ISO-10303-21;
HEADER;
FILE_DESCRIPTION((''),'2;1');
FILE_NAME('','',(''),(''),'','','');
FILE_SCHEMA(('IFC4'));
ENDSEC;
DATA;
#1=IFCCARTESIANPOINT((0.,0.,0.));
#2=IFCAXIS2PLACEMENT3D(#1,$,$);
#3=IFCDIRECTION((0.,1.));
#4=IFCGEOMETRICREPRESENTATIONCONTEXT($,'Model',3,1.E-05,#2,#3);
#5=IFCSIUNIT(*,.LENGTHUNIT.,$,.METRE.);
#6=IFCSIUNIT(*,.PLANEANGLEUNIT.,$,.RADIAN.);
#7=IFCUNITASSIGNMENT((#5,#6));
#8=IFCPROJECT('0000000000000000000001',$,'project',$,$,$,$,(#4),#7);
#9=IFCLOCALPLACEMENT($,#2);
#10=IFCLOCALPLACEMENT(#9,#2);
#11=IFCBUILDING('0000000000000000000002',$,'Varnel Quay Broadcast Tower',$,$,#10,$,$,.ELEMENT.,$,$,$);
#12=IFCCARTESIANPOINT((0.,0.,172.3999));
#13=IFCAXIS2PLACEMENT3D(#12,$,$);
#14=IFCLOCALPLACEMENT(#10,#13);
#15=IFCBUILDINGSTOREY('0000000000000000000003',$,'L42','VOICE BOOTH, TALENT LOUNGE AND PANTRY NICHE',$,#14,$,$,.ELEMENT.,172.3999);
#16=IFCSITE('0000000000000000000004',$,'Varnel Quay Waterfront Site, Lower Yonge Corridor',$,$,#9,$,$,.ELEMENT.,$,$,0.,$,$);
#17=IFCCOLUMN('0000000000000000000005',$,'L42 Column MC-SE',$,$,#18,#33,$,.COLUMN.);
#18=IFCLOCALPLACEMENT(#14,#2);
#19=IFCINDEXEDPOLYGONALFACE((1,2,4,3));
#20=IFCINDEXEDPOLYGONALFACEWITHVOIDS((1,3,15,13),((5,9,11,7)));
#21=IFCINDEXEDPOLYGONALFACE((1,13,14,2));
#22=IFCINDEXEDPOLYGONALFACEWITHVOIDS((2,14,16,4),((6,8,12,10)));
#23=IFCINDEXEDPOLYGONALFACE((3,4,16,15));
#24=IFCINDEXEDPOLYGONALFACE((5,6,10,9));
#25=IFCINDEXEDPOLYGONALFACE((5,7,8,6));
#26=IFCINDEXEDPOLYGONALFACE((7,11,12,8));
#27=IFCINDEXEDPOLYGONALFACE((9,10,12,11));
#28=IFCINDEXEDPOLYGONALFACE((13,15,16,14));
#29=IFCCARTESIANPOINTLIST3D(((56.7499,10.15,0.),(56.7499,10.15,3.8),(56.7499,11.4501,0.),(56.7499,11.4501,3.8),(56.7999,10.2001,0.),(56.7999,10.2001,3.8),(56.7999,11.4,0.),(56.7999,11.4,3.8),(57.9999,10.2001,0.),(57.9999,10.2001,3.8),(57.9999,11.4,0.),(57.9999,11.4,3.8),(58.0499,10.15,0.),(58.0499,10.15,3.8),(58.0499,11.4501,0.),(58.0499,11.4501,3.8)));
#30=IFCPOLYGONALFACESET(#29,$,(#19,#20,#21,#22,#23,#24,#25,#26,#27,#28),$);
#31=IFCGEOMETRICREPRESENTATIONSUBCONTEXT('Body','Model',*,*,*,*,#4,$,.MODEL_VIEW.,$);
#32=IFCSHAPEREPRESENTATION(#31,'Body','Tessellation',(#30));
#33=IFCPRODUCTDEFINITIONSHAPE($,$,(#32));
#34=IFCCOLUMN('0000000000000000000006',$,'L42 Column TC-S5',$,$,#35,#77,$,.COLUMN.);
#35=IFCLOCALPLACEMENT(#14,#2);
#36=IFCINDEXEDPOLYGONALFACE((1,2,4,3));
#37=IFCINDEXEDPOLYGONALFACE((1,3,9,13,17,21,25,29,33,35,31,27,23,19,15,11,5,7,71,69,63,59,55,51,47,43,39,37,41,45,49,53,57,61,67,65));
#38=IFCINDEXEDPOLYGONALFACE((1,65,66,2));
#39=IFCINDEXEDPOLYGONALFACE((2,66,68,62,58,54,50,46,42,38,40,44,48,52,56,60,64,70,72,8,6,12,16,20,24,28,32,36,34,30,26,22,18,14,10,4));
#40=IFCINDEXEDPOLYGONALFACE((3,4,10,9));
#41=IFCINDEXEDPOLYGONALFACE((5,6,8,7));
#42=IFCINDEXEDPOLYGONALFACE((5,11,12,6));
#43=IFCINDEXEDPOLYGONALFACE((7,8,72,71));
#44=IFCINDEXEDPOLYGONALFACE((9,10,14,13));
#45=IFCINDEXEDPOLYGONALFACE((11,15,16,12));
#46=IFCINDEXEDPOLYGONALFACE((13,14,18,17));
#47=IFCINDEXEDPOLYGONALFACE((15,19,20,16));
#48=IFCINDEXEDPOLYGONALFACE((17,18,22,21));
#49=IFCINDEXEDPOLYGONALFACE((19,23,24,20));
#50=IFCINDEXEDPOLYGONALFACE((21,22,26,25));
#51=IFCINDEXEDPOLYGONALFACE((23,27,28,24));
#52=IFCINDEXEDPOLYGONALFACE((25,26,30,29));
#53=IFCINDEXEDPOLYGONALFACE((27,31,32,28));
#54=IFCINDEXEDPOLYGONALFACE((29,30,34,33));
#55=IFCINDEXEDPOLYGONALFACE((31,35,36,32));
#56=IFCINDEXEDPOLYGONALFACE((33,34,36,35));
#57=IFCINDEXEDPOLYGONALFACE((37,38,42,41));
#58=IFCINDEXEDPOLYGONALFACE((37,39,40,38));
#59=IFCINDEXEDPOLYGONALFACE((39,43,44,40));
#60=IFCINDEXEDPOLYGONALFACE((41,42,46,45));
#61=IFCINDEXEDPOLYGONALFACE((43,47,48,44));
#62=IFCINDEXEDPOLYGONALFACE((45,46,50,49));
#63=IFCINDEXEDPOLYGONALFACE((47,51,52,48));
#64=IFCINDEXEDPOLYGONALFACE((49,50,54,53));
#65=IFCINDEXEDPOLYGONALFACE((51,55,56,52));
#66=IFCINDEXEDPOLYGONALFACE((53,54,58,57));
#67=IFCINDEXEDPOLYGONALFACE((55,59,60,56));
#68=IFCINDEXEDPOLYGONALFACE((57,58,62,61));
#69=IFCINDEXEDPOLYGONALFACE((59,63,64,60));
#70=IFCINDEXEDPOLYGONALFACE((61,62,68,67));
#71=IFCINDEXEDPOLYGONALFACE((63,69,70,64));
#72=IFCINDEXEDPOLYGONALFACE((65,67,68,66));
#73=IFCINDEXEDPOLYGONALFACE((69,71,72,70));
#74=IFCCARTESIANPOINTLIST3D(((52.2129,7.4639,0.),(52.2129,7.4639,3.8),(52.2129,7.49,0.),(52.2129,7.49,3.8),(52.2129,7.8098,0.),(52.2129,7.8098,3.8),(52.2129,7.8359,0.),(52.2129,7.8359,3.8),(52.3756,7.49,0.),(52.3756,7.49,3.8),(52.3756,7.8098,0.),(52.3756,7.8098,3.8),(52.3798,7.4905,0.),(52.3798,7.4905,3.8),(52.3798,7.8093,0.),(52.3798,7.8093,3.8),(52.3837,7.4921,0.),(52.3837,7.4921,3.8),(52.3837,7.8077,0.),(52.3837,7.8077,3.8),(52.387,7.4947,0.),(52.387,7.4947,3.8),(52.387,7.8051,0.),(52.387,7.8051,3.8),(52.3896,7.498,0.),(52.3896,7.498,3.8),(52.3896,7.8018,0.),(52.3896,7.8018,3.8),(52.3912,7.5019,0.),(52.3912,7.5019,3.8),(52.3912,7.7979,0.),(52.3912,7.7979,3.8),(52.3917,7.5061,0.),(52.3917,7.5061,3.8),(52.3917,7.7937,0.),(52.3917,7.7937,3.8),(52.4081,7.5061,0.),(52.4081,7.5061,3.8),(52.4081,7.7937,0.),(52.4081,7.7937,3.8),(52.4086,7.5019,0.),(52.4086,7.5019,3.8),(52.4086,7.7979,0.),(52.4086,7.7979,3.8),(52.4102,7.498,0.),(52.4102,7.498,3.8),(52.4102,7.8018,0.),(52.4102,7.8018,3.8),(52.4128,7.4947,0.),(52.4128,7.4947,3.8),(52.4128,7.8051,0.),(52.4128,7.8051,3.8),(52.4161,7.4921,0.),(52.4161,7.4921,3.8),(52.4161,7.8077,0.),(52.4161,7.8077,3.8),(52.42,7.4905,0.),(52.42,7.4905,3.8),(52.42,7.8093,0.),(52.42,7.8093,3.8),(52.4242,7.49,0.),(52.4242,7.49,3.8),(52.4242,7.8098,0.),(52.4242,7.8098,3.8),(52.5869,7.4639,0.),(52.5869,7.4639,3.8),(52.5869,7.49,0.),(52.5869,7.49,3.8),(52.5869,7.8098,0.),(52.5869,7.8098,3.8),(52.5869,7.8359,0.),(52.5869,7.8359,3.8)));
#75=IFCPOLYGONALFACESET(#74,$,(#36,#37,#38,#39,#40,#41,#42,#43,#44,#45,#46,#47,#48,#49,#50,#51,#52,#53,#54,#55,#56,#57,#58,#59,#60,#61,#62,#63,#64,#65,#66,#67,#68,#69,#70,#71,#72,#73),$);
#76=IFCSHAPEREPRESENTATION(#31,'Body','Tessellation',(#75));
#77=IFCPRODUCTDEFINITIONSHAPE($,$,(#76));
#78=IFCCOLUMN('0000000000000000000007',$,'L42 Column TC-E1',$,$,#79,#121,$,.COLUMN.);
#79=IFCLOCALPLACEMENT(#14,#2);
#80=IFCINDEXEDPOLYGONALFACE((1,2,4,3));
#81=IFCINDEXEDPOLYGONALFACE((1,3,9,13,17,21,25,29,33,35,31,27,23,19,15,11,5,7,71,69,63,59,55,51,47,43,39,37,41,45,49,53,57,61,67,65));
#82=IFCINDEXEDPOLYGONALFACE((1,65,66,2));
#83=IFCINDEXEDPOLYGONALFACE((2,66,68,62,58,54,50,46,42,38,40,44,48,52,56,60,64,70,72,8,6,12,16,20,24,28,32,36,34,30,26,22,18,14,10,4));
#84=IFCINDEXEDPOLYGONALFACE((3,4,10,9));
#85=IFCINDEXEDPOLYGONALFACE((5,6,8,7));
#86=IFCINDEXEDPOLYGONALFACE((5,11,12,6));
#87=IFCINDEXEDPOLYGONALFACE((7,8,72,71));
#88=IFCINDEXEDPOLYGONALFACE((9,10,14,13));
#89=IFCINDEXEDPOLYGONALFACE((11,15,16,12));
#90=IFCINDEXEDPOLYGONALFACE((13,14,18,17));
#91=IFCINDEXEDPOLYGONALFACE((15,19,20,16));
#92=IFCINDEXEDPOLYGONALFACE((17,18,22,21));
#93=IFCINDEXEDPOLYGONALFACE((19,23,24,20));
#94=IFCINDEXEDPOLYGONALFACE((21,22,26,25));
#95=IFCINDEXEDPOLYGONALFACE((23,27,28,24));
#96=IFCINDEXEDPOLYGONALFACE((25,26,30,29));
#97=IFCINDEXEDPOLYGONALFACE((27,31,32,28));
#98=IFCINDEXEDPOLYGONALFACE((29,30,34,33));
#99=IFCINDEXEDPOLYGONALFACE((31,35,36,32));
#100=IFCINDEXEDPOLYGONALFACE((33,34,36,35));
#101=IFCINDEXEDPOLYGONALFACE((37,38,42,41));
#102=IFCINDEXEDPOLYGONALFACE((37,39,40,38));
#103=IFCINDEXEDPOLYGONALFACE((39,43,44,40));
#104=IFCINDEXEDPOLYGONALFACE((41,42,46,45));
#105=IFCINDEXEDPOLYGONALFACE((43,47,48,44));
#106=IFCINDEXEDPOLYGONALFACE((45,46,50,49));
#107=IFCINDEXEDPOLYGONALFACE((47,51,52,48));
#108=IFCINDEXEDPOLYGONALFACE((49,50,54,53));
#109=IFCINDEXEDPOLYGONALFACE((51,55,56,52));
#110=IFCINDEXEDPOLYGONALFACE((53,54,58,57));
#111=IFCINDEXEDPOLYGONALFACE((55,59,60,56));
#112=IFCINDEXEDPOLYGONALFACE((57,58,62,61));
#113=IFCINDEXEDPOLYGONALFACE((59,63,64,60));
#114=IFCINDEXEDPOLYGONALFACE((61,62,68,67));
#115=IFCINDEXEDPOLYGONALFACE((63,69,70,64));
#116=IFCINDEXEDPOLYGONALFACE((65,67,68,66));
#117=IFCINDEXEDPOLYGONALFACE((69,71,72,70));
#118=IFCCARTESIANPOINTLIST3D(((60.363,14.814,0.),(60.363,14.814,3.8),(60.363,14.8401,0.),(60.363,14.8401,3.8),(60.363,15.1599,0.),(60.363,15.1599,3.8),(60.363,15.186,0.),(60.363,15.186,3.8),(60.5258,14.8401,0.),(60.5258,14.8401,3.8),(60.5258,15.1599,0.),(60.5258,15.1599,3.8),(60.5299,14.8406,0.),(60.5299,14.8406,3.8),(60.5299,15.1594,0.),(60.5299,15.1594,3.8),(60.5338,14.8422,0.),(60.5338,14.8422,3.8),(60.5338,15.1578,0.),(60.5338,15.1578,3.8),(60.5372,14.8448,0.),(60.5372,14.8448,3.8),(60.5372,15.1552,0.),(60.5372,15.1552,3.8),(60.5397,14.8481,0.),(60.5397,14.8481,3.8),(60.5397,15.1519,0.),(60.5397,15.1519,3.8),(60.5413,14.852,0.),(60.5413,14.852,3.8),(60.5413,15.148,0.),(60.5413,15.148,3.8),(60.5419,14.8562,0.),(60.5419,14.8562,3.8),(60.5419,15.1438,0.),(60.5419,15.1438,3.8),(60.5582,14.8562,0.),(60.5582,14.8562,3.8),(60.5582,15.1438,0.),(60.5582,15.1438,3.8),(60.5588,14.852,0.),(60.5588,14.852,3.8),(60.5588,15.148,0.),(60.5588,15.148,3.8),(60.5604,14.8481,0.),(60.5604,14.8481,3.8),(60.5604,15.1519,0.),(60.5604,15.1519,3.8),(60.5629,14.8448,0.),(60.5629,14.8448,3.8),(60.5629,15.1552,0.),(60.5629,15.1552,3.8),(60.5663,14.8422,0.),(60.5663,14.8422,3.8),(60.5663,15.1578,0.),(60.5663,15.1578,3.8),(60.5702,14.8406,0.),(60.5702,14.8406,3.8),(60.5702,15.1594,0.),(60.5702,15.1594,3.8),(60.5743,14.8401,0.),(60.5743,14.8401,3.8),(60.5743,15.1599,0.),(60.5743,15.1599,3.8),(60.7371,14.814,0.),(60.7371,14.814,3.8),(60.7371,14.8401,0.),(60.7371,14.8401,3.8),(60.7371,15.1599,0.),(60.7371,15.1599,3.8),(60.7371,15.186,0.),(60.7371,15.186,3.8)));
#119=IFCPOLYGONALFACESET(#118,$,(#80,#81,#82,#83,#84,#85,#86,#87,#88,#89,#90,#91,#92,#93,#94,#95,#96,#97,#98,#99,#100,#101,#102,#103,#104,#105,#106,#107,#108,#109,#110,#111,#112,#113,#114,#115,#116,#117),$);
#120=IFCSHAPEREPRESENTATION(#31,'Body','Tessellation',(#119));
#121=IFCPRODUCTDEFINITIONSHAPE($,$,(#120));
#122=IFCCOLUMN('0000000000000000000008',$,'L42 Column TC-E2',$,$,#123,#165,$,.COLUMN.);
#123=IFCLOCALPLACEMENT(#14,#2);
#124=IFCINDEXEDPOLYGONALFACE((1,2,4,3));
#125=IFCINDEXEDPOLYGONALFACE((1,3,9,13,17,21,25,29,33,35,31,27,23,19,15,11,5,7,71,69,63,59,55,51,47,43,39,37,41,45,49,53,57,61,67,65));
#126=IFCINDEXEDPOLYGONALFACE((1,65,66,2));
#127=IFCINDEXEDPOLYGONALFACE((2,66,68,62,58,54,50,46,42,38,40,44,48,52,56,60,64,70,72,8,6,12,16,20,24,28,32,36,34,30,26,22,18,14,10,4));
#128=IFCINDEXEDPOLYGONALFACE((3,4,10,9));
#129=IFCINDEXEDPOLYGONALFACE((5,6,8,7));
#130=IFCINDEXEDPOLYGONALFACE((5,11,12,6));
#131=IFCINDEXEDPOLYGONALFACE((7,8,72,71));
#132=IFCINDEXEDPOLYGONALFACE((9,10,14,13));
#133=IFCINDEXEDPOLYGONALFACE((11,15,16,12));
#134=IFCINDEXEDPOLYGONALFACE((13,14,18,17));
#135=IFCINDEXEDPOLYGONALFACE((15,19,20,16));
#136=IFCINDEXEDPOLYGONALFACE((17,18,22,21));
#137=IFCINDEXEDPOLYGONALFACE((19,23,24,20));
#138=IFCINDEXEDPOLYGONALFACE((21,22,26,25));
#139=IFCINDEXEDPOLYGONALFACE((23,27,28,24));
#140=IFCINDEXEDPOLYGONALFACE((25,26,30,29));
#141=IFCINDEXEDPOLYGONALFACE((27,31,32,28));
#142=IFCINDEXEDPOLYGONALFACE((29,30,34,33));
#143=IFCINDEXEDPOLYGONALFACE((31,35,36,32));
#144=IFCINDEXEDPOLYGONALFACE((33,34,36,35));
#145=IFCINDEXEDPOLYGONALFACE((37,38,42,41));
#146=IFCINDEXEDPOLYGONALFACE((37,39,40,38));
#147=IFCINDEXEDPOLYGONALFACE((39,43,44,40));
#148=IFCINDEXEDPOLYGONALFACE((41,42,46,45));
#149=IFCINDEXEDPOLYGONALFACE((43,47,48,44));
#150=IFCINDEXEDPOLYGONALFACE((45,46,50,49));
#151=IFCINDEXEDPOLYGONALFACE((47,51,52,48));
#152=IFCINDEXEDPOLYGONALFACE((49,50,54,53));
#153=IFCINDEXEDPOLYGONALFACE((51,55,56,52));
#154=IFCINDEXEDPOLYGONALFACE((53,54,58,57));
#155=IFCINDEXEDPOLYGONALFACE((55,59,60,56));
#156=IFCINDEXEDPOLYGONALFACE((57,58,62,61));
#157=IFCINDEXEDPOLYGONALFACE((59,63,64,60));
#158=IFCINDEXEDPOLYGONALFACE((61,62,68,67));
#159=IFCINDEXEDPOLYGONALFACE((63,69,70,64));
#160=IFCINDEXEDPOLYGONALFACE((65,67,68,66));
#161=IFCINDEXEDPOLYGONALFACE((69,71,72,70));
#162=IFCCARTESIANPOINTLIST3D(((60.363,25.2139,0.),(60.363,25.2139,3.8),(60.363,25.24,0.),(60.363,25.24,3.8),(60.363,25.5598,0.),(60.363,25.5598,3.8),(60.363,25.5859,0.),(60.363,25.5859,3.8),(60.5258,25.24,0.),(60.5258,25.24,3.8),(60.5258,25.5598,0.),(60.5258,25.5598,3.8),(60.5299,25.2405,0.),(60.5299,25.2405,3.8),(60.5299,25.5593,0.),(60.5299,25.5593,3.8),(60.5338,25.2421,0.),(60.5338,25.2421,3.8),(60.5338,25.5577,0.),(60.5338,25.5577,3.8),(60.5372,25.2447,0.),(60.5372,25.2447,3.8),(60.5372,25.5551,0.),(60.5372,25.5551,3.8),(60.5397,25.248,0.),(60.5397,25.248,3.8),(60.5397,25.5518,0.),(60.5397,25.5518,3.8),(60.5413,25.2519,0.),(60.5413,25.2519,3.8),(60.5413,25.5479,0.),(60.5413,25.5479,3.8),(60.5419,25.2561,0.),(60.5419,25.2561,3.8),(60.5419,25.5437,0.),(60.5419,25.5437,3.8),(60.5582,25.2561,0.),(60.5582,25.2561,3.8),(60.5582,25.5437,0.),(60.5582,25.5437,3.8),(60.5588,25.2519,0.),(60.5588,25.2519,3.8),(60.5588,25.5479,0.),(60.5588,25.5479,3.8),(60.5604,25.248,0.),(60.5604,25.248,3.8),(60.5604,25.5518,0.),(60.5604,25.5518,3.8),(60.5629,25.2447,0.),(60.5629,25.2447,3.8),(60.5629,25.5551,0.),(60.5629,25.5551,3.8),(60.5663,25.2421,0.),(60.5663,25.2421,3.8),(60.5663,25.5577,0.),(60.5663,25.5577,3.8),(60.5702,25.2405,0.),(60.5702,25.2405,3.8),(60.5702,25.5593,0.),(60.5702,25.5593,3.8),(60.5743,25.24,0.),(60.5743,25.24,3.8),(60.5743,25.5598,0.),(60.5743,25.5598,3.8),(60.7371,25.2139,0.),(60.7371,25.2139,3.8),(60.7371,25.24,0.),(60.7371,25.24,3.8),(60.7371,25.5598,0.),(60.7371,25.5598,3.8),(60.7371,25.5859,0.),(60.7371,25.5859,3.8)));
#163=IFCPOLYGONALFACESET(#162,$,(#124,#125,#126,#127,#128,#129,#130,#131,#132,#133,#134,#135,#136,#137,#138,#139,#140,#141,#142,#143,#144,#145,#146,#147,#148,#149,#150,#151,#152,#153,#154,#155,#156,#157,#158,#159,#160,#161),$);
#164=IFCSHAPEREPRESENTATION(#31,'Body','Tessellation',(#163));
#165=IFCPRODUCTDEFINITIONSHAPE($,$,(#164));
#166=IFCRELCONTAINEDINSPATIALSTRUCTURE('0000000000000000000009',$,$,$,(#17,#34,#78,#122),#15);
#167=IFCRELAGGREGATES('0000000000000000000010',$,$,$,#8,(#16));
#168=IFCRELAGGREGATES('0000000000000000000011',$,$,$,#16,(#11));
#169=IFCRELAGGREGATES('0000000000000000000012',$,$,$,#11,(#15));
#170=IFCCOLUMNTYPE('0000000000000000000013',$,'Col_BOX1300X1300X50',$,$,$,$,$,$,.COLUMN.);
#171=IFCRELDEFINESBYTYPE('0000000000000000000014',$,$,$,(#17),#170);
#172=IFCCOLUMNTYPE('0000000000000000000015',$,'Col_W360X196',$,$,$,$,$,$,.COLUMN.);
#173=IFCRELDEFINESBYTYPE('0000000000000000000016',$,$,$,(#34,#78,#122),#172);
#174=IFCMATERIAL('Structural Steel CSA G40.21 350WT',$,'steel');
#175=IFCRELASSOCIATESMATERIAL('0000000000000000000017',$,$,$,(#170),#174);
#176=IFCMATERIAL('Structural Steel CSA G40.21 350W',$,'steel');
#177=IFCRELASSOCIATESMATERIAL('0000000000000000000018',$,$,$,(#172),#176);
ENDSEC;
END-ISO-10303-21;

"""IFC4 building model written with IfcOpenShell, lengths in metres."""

from ifc_helpers import new_model, si_unit, direction, frame, origin, origin_2d, place, context, subcontext, project, spatial, hollow_rectangle, i_section, extrude, source, transform, mapped, material, material_profile, profile_set, type_object, type_shapes, element, save


model = new_model("IFC4")

# Units and contexts
model_context = context("Model", 3, precision=1e-05, world=origin(), true_north=direction((0.0, 1.0)))
body_context = subcontext(model_context, "Body", "Model", "MODEL_VIEW")
ifc_project = project(units=[si_unit("LENGTHUNIT", "METRE"), si_unit("PLANEANGLEUNIT", "RADIAN")], contexts=[model_context])

# Site, building, storey
site_placement = place(None, origin())
site = spatial("IfcSite", under=ifc_project, at=site_placement, Name="Varnel Quay Waterfront Site, Lower Yonge Corridor", CompositionType="ELEMENT", RefElevation=0.0)
building_placement = place(site_placement, origin())
building = spatial("IfcBuilding", under=site, at=building_placement, Name="Varnel Quay Broadcast Tower", CompositionType="ELEMENT")
storey_placement = place(building_placement, frame((0.0, 0.0, 172.3999)))
storey = spatial("IfcBuildingStorey", under=building, at=storey_placement, Name="L42", Description="VOICE BOOTH, TALENT LOUNGE AND PANTRY NICHE", CompositionType="ELEMENT", Elevation=172.3999)

# Columns
ifc_material_1 = material(Name="Structural Steel CSA G40.21 350WT", Category="steel")
ifc_material_profile_1 = material_profile(ifc_material_1, hollow_rectangle(XDim=1.3, YDim=1.3, WallThickness=0.05, at=origin_2d()), Name="BOX1300X1300X50")
ifc_profile_set_1 = profile_set([ifc_material_profile_1], Name="Structural Steel CSA G40.21 350WT")
column_type_1 = type_object("IfcColumnType", Name="Col_BOX1300X1300X50", PredefinedType="COLUMN", material=ifc_profile_set_1)
shared_shape_1 = source(origin(), body_context, "Body", "SweptSolid", [
    extrude(hollow_rectangle(XDim=1.3, YDim=1.3, WallThickness=0.05, at=origin_2d()), origin(), (0.0, 0.0, 1.0), 3.8),
])
type_shapes(column_type_1, [shared_shape_1])
column_placement = place(storey_placement, frame((57.3999, 10.8, 0.0), z_axis=(0.0, 0.0, 1.0), x_axis=(1.0, 0.0, 0.0)))
element("IfcColumn", 1, at=column_placement, inside=storey, type_object=column_type_1, Name="L42 Column MC-SE", PredefinedType="COLUMN", context=body_context, shape_type="MappedRepresentation", body=[
    mapped(shared_shape_1, transform((0.0, 0.0, 0.0), x_axis=(1.0, 0.0, 0.0), y_axis=(0.0, 1.0, 0.0), z_axis=(0.0, 0.0, 1.0), scale=1.0)),
])
ifc_material_2 = material(Name="Structural Steel CSA G40.21 350W", Category="steel")
ifc_material_profile_2 = material_profile(ifc_material_2, i_section(OverallWidth=0.374, OverallDepth=0.3721, WebThickness=0.0164, FlangeThickness=0.0261, FilletRadius=0.0161, at=origin_2d()), Name="W360X196")
ifc_profile_set_2 = profile_set([ifc_material_profile_2], Name="Structural Steel CSA G40.21 350W")
column_type_2 = type_object("IfcColumnType", Name="Col_W360X196", PredefinedType="COLUMN", material=ifc_profile_set_2)
shared_shape_2 = source(origin(), body_context, "Body", "SweptSolid", [
    extrude(i_section(OverallWidth=0.374, OverallDepth=0.3721, WebThickness=0.0164, FlangeThickness=0.0261, FilletRadius=0.0161, at=origin_2d()), origin(), (0.0, 0.0, 1.0), 3.8),
])
type_shapes(column_type_2, [shared_shape_2])
for number, where, z_axis, x_axis, name in (
    (2, (52.3999, 7.6499, 0.0), (0.0, 0.0, 1.0), (1.0, 0.0, 0.0), "L42 Column TC-S5"),
    (3, (60.55, 15.0, 0.0), (0.0, 0.0, 1.0), (1.0, 0.0, 0.0), "L42 Column TC-E1"),
    (4, (60.55, 25.3999, 0.0), (0.0, 0.0, 1.0), (1.0, 0.0, 0.0), "L42 Column TC-E2"),
):
    element("IfcColumn", number, at=place(storey_placement, frame(where, z_axis=z_axis, x_axis=x_axis)), inside=storey, type_object=column_type_2, Name=name, PredefinedType="COLUMN", context=body_context, shape_type="MappedRepresentation", body=[
        mapped(shared_shape_2, transform((0.0, 0.0, 0.0), x_axis=(1.0, 0.0, 0.0), y_axis=(0.0, 1.0, 0.0), z_axis=(0.0, 0.0, 1.0), scale=1.0)),
    ])

save(model, "model.ifc")
